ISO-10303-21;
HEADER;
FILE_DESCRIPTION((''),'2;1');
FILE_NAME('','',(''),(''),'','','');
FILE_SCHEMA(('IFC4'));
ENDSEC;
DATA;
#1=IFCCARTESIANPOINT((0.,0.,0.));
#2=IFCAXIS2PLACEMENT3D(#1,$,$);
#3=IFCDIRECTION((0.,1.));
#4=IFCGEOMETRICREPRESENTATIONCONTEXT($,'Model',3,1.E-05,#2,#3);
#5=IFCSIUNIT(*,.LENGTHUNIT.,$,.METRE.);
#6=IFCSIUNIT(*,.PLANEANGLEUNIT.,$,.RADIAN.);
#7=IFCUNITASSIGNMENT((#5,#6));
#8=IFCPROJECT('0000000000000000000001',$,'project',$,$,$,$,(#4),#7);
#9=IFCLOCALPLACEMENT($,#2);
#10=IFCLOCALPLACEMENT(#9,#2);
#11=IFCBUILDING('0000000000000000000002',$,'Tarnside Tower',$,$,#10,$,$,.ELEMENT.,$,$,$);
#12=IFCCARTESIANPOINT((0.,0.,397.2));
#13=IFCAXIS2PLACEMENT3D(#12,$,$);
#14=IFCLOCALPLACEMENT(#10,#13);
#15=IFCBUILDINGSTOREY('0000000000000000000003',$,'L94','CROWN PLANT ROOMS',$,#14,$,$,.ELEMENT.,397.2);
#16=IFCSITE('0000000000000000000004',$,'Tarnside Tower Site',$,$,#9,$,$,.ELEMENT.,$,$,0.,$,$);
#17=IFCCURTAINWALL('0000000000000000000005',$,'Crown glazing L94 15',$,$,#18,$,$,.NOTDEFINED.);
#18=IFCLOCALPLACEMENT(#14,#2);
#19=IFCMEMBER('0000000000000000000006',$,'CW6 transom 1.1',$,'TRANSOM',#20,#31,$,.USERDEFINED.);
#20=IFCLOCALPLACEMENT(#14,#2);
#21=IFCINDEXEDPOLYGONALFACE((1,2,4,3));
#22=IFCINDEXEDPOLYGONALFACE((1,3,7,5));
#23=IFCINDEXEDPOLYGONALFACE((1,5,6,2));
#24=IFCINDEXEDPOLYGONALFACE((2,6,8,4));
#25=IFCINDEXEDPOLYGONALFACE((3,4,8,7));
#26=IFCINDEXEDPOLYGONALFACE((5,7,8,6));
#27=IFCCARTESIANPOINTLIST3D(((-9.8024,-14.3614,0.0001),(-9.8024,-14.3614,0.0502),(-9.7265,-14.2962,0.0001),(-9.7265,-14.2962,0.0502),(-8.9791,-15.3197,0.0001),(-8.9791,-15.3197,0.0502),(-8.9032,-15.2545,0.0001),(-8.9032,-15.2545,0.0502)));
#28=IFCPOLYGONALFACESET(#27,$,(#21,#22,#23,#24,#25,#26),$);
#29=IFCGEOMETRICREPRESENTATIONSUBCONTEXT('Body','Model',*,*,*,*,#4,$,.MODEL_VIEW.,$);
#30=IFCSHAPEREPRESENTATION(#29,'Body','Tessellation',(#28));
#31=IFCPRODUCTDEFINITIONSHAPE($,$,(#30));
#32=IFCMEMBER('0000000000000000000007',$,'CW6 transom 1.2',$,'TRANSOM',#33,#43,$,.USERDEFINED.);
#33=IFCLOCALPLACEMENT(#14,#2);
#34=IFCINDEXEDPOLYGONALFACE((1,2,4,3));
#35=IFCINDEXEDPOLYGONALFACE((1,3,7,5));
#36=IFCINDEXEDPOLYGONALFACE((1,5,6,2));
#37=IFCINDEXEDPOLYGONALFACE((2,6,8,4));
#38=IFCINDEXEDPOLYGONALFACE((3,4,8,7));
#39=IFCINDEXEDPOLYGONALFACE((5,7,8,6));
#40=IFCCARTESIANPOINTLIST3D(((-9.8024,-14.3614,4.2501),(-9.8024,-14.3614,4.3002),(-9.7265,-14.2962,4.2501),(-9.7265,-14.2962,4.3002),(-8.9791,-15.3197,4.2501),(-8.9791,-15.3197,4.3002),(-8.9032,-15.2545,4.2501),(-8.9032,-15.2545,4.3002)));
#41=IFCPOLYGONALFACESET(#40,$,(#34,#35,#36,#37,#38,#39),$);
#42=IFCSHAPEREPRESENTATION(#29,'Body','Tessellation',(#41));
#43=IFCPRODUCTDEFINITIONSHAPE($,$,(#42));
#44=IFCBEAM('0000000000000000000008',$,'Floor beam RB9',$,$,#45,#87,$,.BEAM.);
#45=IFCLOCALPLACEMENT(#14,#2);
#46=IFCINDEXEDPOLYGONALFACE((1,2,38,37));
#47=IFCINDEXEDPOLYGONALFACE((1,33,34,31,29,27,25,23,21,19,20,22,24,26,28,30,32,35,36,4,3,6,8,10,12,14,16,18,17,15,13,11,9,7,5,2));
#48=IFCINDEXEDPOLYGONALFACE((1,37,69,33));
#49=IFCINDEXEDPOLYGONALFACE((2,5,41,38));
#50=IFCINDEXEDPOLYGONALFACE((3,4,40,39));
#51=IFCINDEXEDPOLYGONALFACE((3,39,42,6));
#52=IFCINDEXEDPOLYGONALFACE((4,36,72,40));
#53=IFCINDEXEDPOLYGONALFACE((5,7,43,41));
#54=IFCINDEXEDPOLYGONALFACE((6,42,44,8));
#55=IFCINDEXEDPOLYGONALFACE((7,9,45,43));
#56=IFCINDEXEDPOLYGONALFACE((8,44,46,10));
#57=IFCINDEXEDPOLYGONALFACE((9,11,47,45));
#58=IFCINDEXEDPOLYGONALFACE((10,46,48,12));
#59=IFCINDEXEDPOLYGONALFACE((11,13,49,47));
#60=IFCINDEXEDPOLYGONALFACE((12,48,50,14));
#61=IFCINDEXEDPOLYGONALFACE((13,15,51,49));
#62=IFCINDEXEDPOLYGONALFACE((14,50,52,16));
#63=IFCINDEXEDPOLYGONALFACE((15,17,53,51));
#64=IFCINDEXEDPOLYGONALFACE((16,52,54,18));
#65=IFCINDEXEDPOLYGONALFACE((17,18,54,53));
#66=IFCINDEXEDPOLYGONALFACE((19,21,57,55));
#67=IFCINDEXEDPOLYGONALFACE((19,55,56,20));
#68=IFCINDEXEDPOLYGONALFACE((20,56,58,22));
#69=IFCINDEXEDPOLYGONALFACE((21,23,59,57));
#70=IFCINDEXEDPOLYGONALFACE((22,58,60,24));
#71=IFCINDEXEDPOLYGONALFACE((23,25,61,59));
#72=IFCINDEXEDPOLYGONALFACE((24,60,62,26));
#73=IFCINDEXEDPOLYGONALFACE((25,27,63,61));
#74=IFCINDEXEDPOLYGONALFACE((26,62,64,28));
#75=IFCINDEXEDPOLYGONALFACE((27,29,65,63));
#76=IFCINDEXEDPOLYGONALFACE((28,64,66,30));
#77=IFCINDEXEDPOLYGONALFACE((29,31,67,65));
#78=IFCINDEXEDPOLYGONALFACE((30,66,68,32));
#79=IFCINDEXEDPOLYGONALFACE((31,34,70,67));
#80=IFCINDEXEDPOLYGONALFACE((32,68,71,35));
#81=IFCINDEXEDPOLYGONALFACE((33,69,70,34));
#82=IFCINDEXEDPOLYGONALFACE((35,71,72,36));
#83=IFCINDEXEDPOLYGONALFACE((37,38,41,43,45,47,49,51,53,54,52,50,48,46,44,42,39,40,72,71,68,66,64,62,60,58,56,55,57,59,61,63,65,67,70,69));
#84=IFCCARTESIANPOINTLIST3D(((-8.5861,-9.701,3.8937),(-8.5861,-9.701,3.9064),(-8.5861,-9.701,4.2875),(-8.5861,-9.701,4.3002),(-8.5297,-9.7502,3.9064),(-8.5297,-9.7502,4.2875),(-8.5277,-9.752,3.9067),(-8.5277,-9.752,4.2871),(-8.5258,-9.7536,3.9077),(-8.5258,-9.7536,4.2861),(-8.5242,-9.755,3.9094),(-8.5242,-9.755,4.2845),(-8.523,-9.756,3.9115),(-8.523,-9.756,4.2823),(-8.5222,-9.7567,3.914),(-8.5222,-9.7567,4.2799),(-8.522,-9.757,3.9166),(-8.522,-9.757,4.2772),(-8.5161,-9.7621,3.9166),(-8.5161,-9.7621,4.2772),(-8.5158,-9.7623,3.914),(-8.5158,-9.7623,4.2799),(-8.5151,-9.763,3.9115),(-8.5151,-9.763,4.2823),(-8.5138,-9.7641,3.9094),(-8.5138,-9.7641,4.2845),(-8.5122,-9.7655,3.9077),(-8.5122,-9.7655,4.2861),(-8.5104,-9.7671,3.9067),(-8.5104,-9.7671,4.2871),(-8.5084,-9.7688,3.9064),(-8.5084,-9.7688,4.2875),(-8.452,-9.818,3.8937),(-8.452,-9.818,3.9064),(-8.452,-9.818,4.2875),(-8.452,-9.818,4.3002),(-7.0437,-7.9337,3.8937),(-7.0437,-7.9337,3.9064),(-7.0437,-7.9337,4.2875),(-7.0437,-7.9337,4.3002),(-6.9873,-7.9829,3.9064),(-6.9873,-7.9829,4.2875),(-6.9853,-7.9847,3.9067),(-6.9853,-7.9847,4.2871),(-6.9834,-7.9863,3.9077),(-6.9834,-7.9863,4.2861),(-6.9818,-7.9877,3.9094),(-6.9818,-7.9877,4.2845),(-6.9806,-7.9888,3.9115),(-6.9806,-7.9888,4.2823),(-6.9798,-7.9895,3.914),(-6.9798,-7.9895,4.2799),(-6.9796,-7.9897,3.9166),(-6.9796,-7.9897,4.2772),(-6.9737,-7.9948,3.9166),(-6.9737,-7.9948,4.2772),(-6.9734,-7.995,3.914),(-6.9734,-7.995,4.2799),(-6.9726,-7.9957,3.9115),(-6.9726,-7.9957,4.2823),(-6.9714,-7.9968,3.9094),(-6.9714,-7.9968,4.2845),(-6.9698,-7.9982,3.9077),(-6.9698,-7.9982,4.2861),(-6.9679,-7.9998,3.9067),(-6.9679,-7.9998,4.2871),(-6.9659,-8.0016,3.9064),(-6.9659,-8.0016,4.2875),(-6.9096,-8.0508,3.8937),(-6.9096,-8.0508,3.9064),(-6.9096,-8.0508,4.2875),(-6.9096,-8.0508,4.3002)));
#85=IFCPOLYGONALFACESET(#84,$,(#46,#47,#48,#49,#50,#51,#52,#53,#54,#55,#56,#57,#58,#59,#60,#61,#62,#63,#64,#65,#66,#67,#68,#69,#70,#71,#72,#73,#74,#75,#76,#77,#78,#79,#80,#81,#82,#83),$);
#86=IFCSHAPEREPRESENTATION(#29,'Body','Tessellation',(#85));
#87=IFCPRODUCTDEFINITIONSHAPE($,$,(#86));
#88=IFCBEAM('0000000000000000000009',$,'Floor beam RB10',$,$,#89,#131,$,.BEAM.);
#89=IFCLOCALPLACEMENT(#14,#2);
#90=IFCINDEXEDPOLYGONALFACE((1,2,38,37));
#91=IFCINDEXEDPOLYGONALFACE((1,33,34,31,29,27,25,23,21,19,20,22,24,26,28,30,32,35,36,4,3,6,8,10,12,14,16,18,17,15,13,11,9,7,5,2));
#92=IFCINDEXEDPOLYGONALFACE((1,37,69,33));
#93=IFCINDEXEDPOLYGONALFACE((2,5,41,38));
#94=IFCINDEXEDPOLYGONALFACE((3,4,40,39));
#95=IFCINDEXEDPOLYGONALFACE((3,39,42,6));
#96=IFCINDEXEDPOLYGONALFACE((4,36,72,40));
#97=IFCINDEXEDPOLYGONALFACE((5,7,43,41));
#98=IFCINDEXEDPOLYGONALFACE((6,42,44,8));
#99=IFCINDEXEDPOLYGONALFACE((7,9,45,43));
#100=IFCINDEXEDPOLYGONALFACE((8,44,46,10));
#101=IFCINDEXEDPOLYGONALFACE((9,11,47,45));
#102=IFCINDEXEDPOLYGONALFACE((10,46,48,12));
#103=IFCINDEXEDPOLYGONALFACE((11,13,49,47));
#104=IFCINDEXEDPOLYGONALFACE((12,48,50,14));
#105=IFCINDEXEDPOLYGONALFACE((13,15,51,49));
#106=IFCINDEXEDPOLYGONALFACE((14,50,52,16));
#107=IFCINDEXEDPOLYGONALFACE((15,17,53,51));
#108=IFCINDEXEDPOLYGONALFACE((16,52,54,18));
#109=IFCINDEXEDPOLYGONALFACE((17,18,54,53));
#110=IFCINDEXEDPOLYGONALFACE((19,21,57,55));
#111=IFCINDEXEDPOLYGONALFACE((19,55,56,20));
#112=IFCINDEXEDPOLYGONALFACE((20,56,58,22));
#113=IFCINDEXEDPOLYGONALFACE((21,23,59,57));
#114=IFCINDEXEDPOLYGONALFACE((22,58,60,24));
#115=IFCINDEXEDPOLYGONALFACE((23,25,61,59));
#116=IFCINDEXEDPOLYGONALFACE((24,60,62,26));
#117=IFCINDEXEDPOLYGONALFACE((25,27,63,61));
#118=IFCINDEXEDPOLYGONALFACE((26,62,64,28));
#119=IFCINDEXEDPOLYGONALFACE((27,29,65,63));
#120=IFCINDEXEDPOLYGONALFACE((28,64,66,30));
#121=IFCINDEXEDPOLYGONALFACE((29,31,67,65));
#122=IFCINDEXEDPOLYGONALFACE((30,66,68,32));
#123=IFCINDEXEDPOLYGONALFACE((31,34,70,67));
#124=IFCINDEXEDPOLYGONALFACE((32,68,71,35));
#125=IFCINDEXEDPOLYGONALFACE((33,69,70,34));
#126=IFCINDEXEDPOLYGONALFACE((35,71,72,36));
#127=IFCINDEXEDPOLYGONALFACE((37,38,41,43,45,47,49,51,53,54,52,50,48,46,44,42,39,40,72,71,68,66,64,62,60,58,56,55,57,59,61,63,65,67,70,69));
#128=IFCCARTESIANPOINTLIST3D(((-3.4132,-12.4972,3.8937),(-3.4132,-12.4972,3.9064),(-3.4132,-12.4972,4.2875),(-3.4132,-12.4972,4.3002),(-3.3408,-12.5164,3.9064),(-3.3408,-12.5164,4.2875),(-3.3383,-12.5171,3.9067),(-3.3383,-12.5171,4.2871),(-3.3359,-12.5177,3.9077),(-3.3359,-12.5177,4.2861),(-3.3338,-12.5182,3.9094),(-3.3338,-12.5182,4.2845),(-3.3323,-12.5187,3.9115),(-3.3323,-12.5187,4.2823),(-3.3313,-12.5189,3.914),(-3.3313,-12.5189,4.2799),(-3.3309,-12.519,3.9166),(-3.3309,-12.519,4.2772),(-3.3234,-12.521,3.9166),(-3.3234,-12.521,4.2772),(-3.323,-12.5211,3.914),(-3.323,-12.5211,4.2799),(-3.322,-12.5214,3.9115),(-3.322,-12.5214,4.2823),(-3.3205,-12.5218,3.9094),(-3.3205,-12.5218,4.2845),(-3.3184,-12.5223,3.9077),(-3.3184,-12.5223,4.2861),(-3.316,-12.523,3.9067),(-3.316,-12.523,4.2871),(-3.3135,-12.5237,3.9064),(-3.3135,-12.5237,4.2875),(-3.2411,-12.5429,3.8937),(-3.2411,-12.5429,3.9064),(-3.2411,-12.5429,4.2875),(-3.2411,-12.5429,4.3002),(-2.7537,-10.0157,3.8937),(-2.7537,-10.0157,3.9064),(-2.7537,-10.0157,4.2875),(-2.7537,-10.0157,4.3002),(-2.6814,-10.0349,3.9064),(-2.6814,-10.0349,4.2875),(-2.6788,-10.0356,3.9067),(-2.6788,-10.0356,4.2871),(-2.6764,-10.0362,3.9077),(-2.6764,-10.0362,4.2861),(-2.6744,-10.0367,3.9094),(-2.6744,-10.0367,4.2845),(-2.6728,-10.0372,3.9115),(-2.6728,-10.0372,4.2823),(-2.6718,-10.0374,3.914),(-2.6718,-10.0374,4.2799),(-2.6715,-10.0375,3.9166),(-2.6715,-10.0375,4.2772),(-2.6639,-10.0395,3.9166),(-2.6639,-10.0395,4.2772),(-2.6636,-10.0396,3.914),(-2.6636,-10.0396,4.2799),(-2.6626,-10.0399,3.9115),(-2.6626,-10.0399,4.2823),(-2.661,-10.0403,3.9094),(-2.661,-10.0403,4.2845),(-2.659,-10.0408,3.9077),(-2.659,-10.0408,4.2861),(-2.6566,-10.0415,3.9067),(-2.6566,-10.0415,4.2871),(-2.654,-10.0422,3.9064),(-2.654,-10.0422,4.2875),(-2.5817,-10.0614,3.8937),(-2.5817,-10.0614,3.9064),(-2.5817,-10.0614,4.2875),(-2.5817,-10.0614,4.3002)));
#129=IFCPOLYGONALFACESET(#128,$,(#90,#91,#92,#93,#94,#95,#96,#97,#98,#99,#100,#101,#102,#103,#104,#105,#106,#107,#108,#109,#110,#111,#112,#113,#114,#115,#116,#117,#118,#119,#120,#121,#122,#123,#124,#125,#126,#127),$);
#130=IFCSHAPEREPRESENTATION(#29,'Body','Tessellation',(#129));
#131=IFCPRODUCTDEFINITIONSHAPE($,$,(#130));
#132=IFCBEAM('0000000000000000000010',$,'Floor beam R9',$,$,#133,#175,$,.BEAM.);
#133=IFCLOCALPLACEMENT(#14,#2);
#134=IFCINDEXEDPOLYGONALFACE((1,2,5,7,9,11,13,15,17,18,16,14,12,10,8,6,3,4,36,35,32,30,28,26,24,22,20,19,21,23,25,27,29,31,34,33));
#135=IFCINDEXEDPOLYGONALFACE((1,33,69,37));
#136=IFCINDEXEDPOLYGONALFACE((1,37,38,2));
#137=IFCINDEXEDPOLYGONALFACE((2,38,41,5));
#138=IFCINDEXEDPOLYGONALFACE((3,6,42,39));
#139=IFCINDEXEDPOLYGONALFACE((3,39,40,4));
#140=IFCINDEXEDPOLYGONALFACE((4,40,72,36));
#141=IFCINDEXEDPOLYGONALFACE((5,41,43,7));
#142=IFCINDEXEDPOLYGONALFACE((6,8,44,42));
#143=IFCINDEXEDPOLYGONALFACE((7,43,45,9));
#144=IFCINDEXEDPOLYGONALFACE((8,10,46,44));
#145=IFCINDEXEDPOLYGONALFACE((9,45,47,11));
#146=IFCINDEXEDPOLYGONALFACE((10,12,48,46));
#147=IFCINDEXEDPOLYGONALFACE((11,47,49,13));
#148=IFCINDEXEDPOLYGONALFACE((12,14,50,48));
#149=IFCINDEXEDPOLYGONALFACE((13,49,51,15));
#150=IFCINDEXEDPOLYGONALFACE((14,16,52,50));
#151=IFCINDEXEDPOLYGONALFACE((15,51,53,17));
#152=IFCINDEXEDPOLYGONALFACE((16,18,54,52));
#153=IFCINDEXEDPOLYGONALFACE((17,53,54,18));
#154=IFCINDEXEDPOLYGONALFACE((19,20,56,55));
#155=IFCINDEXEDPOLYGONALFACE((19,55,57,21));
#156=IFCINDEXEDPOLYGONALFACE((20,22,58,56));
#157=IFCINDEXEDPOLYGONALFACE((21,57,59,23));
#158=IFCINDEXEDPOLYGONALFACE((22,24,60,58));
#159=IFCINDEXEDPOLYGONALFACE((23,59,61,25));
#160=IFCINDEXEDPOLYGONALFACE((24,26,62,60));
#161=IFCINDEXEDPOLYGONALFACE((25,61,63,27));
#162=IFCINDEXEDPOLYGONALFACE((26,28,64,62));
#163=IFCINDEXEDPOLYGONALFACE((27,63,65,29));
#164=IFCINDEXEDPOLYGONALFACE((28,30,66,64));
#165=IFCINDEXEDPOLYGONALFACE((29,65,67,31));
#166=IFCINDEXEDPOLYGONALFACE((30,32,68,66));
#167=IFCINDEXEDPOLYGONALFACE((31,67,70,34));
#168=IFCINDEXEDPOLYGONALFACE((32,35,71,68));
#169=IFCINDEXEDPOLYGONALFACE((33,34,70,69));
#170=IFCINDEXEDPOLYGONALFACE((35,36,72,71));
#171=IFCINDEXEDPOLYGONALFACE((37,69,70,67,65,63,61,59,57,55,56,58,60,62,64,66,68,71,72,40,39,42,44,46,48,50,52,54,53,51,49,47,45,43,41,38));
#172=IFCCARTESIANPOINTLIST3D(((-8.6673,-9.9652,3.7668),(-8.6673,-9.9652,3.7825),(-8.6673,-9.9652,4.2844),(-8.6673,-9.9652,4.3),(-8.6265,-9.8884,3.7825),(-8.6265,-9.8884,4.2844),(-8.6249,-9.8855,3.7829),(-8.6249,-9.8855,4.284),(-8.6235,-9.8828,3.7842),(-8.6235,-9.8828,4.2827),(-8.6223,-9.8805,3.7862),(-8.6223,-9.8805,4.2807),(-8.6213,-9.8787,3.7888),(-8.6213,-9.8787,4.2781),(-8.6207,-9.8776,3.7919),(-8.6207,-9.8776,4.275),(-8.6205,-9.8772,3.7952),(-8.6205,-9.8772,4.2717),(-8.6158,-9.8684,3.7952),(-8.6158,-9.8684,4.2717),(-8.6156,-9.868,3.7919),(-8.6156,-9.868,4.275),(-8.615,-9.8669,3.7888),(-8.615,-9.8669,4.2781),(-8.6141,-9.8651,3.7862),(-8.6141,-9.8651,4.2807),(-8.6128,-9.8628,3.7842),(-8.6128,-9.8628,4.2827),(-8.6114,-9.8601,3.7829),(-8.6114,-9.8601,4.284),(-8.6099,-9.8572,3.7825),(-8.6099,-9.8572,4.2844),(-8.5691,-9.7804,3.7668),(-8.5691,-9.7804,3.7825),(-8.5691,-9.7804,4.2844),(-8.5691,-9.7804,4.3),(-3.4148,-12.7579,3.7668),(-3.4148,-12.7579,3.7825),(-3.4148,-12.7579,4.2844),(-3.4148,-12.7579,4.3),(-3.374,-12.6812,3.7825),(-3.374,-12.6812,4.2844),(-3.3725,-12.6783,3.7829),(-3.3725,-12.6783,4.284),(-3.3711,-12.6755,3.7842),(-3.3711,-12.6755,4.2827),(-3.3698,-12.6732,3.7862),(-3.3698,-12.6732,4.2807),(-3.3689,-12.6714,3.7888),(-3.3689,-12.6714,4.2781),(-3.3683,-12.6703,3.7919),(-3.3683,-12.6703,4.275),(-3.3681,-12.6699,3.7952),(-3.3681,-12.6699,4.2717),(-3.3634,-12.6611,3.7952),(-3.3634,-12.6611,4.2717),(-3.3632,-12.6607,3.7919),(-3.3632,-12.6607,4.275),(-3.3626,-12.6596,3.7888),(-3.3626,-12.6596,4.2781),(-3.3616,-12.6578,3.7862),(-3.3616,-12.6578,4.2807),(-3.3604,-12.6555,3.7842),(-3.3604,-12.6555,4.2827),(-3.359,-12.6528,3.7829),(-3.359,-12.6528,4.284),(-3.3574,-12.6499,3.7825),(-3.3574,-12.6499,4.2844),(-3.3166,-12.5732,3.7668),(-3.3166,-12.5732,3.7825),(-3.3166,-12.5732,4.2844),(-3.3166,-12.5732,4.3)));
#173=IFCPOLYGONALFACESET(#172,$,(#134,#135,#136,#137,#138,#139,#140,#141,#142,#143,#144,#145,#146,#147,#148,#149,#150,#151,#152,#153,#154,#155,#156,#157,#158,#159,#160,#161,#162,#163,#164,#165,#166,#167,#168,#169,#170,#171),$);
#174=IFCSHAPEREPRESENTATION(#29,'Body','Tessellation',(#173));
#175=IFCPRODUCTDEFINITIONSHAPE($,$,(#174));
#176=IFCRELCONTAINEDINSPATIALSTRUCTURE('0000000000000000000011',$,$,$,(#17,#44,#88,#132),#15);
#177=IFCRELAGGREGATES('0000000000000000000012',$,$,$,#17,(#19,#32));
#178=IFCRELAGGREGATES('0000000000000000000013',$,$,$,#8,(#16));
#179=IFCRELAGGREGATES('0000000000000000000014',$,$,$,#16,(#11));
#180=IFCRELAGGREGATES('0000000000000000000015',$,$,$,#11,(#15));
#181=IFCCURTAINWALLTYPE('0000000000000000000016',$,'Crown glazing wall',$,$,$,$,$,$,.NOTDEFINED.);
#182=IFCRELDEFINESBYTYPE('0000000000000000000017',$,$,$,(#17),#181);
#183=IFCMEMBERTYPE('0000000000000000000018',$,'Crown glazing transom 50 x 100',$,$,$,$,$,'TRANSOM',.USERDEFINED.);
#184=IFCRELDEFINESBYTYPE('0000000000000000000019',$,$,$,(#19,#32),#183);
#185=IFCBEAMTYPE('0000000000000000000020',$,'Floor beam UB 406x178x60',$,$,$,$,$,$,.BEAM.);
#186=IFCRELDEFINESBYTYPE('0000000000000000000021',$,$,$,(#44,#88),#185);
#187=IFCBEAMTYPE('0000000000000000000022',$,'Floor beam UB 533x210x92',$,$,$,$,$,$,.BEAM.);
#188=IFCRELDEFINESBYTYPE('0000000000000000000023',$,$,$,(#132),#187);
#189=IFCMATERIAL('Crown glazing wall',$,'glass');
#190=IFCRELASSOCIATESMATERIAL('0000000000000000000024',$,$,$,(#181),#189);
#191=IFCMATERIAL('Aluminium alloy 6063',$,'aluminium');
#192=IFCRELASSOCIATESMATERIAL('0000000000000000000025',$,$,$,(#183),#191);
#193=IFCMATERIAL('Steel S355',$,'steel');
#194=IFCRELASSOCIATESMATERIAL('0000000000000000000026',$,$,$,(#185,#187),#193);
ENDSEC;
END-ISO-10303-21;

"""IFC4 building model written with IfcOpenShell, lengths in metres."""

from ifc_helpers import new_model, si_unit, direction, frame, origin, origin_2d, place, context, subcontext, project, spatial, rectangle, i_section, extrude, material, material_profile, profile_set, type_object, element, aggregate, save


model = new_model("IFC4")

# Units and contexts
model_context = context("Model", 3, precision=1e-05, world=origin(), true_north=direction((0.0, 1.0)))
body_context = subcontext(model_context, "Body", "Model", "MODEL_VIEW")
ifc_project = project(units=[si_unit("LENGTHUNIT", "METRE"), si_unit("PLANEANGLEUNIT", "RADIAN")], contexts=[model_context])

# Site, building, storey
site_placement = place(None, origin())
site = spatial("IfcSite", under=ifc_project, at=site_placement, Name="Tarnside Tower Site", CompositionType="ELEMENT", RefElevation=0.0)
building_placement = place(site_placement, origin())
building = spatial("IfcBuilding", under=site, at=building_placement, Name="Tarnside Tower", CompositionType="ELEMENT")
storey_placement = place(building_placement, frame((0.0, 0.0, 397.2)))
storey = spatial("IfcBuildingStorey", under=building, at=storey_placement, Name="L94", Description="CROWN PLANT ROOMS", CompositionType="ELEMENT", Elevation=397.2)

# Curtain wall, members
ifc_material_1 = material(Name="Crown glazing wall", Category="glass")
curtain_wall_type = type_object("IfcCurtainWallType", Name="Crown glazing wall", PredefinedType="NOTDEFINED", material=ifc_material_1)
curtain_wall_placement = place(storey_placement, origin())
curtain_wall = element("IfcCurtainWall", 1, at=curtain_wall_placement, inside=storey, type_object=curtain_wall_type, Name="Crown glazing L94 15", PredefinedType="NOTDEFINED")
ifc_material_2 = material(Name="Aluminium alloy 6063", Category="aluminium")
ifc_material_profile_1 = material_profile(ifc_material_2, rectangle(XDim=0.1001, YDim=0.05, at=origin_2d()), Name="Crown glazing transom 50 x 100")
ifc_profile_set_1 = profile_set([ifc_material_profile_1], Name="Aluminium alloy 6063")
member_type = type_object("IfcMemberType", Name="Crown glazing transom 50 x 100", ElementType="TRANSOM", PredefinedType="USERDEFINED", material=ifc_profile_set_1)
member_1_placement = place(storey_placement, frame((-8.9412, -15.2871, 0.0251), z_axis=(-0.65165, 0.758519, 0.0), x_axis=(-0.758519, -0.65165, 0.0)))
member_1 = element("IfcMember", 2, at=member_1_placement, type_object=member_type, Name="CW6 transom 1.1", ObjectType="TRANSOM", PredefinedType="USERDEFINED", context=body_context, shape_type="SweptSolid", body=[
    extrude(rectangle(XDim=0.1001, YDim=0.05, at=origin_2d()), origin(), (0.0, 0.0, 1.0), 1.2634),
])
member_2_placement = place(storey_placement, frame((-8.9412, -15.2871, 4.2751), z_axis=(-0.65165, 0.758519, 0.0), x_axis=(-0.758519, -0.65165, 0.0)))
member_2 = element("IfcMember", 3, at=member_2_placement, type_object=member_type, Name="CW6 transom 1.2", ObjectType="TRANSOM", PredefinedType="USERDEFINED", context=body_context, shape_type="SweptSolid", body=[
    extrude(rectangle(XDim=0.1001, YDim=0.05, at=origin_2d()), origin(), (0.0, 0.0, 1.0), 1.2634),
])
aggregate(curtain_wall, [member_1, member_2])

# Beams
ifc_material_3 = material(Name="Steel S355", Category="steel")
ifc_material_profile_2 = material_profile(ifc_material_3, i_section(OverallWidth=0.178, OverallDepth=0.4065, WebThickness=0.0078, FlangeThickness=0.0127, FilletRadius=0.0103, at=origin_2d()), Name="UB 406x178x60")
ifc_profile_set_2 = profile_set([ifc_material_profile_2], Name="Steel S355")
beam_type_1 = type_object("IfcBeamType", Name="Floor beam UB 406x178x60", PredefinedType="BEAM", material=ifc_profile_set_2)
beam_1_placement = place(storey_placement, frame((-8.519, -9.7595, 4.0969), z_axis=(0.657554, 0.753408, 0.0), x_axis=(-0.753408, 0.657554, 0.0)))
element("IfcBeam", 4, at=beam_1_placement, inside=storey, type_object=beam_type_1, Name="Floor beam RB9", PredefinedType="BEAM", context=body_context, shape_type="SweptSolid", body=[
    extrude(i_section(OverallWidth=0.178, OverallDepth=0.4065, WebThickness=0.0078, FlangeThickness=0.0127, FilletRadius=0.0103, at=origin_2d()), origin(), (0.0, 0.0, 1.0), 2.3457),
])
beam_2_placement = place(storey_placement, frame((-3.3271, -12.52, 4.0969), z_axis=(0.256828, 0.966457, 0.0), x_axis=(-0.966457, 0.256828, 0.0)))
element("IfcBeam", 5, at=beam_2_placement, inside=storey, type_object=beam_type_1, Name="Floor beam RB10", PredefinedType="BEAM", context=body_context, shape_type="SweptSolid", body=[
    extrude(i_section(OverallWidth=0.178, OverallDepth=0.4065, WebThickness=0.0078, FlangeThickness=0.0127, FilletRadius=0.0103, at=origin_2d()), origin(), (0.0, 0.0, 1.0), 2.5676),
])
ifc_material_profile_3 = material_profile(ifc_material_3, i_section(OverallWidth=0.2092, OverallDepth=0.5332, WebThickness=0.01, FlangeThickness=0.0156, FilletRadius=0.0127, at=origin_2d()), Name="UB 533x210x92")
ifc_profile_set_3 = profile_set([ifc_material_profile_3], Name="Steel S355")
beam_type_2 = type_object("IfcBeamType", Name="Floor beam UB 533x210x92", PredefinedType="BEAM", material=ifc_profile_set_3)
beam_3_placement = place(storey_placement, frame((-8.6182, -9.8728, 4.0334), z_axis=(0.882951, -0.469465, 0.0), x_axis=(0.469465, 0.882951, 0.0)))
element("IfcBeam", 6, at=beam_3_placement, inside=storey, type_object=beam_type_2, Name="Floor beam R9", PredefinedType="BEAM", context=body_context, shape_type="SweptSolid", body=[
    extrude(i_section(OverallWidth=0.2092, OverallDepth=0.5332, WebThickness=0.01, FlangeThickness=0.0156, FilletRadius=0.0127, at=origin_2d()), origin(), (0.0, 0.0, 1.0), 5.9487),
])

save(model, "model.ifc")
